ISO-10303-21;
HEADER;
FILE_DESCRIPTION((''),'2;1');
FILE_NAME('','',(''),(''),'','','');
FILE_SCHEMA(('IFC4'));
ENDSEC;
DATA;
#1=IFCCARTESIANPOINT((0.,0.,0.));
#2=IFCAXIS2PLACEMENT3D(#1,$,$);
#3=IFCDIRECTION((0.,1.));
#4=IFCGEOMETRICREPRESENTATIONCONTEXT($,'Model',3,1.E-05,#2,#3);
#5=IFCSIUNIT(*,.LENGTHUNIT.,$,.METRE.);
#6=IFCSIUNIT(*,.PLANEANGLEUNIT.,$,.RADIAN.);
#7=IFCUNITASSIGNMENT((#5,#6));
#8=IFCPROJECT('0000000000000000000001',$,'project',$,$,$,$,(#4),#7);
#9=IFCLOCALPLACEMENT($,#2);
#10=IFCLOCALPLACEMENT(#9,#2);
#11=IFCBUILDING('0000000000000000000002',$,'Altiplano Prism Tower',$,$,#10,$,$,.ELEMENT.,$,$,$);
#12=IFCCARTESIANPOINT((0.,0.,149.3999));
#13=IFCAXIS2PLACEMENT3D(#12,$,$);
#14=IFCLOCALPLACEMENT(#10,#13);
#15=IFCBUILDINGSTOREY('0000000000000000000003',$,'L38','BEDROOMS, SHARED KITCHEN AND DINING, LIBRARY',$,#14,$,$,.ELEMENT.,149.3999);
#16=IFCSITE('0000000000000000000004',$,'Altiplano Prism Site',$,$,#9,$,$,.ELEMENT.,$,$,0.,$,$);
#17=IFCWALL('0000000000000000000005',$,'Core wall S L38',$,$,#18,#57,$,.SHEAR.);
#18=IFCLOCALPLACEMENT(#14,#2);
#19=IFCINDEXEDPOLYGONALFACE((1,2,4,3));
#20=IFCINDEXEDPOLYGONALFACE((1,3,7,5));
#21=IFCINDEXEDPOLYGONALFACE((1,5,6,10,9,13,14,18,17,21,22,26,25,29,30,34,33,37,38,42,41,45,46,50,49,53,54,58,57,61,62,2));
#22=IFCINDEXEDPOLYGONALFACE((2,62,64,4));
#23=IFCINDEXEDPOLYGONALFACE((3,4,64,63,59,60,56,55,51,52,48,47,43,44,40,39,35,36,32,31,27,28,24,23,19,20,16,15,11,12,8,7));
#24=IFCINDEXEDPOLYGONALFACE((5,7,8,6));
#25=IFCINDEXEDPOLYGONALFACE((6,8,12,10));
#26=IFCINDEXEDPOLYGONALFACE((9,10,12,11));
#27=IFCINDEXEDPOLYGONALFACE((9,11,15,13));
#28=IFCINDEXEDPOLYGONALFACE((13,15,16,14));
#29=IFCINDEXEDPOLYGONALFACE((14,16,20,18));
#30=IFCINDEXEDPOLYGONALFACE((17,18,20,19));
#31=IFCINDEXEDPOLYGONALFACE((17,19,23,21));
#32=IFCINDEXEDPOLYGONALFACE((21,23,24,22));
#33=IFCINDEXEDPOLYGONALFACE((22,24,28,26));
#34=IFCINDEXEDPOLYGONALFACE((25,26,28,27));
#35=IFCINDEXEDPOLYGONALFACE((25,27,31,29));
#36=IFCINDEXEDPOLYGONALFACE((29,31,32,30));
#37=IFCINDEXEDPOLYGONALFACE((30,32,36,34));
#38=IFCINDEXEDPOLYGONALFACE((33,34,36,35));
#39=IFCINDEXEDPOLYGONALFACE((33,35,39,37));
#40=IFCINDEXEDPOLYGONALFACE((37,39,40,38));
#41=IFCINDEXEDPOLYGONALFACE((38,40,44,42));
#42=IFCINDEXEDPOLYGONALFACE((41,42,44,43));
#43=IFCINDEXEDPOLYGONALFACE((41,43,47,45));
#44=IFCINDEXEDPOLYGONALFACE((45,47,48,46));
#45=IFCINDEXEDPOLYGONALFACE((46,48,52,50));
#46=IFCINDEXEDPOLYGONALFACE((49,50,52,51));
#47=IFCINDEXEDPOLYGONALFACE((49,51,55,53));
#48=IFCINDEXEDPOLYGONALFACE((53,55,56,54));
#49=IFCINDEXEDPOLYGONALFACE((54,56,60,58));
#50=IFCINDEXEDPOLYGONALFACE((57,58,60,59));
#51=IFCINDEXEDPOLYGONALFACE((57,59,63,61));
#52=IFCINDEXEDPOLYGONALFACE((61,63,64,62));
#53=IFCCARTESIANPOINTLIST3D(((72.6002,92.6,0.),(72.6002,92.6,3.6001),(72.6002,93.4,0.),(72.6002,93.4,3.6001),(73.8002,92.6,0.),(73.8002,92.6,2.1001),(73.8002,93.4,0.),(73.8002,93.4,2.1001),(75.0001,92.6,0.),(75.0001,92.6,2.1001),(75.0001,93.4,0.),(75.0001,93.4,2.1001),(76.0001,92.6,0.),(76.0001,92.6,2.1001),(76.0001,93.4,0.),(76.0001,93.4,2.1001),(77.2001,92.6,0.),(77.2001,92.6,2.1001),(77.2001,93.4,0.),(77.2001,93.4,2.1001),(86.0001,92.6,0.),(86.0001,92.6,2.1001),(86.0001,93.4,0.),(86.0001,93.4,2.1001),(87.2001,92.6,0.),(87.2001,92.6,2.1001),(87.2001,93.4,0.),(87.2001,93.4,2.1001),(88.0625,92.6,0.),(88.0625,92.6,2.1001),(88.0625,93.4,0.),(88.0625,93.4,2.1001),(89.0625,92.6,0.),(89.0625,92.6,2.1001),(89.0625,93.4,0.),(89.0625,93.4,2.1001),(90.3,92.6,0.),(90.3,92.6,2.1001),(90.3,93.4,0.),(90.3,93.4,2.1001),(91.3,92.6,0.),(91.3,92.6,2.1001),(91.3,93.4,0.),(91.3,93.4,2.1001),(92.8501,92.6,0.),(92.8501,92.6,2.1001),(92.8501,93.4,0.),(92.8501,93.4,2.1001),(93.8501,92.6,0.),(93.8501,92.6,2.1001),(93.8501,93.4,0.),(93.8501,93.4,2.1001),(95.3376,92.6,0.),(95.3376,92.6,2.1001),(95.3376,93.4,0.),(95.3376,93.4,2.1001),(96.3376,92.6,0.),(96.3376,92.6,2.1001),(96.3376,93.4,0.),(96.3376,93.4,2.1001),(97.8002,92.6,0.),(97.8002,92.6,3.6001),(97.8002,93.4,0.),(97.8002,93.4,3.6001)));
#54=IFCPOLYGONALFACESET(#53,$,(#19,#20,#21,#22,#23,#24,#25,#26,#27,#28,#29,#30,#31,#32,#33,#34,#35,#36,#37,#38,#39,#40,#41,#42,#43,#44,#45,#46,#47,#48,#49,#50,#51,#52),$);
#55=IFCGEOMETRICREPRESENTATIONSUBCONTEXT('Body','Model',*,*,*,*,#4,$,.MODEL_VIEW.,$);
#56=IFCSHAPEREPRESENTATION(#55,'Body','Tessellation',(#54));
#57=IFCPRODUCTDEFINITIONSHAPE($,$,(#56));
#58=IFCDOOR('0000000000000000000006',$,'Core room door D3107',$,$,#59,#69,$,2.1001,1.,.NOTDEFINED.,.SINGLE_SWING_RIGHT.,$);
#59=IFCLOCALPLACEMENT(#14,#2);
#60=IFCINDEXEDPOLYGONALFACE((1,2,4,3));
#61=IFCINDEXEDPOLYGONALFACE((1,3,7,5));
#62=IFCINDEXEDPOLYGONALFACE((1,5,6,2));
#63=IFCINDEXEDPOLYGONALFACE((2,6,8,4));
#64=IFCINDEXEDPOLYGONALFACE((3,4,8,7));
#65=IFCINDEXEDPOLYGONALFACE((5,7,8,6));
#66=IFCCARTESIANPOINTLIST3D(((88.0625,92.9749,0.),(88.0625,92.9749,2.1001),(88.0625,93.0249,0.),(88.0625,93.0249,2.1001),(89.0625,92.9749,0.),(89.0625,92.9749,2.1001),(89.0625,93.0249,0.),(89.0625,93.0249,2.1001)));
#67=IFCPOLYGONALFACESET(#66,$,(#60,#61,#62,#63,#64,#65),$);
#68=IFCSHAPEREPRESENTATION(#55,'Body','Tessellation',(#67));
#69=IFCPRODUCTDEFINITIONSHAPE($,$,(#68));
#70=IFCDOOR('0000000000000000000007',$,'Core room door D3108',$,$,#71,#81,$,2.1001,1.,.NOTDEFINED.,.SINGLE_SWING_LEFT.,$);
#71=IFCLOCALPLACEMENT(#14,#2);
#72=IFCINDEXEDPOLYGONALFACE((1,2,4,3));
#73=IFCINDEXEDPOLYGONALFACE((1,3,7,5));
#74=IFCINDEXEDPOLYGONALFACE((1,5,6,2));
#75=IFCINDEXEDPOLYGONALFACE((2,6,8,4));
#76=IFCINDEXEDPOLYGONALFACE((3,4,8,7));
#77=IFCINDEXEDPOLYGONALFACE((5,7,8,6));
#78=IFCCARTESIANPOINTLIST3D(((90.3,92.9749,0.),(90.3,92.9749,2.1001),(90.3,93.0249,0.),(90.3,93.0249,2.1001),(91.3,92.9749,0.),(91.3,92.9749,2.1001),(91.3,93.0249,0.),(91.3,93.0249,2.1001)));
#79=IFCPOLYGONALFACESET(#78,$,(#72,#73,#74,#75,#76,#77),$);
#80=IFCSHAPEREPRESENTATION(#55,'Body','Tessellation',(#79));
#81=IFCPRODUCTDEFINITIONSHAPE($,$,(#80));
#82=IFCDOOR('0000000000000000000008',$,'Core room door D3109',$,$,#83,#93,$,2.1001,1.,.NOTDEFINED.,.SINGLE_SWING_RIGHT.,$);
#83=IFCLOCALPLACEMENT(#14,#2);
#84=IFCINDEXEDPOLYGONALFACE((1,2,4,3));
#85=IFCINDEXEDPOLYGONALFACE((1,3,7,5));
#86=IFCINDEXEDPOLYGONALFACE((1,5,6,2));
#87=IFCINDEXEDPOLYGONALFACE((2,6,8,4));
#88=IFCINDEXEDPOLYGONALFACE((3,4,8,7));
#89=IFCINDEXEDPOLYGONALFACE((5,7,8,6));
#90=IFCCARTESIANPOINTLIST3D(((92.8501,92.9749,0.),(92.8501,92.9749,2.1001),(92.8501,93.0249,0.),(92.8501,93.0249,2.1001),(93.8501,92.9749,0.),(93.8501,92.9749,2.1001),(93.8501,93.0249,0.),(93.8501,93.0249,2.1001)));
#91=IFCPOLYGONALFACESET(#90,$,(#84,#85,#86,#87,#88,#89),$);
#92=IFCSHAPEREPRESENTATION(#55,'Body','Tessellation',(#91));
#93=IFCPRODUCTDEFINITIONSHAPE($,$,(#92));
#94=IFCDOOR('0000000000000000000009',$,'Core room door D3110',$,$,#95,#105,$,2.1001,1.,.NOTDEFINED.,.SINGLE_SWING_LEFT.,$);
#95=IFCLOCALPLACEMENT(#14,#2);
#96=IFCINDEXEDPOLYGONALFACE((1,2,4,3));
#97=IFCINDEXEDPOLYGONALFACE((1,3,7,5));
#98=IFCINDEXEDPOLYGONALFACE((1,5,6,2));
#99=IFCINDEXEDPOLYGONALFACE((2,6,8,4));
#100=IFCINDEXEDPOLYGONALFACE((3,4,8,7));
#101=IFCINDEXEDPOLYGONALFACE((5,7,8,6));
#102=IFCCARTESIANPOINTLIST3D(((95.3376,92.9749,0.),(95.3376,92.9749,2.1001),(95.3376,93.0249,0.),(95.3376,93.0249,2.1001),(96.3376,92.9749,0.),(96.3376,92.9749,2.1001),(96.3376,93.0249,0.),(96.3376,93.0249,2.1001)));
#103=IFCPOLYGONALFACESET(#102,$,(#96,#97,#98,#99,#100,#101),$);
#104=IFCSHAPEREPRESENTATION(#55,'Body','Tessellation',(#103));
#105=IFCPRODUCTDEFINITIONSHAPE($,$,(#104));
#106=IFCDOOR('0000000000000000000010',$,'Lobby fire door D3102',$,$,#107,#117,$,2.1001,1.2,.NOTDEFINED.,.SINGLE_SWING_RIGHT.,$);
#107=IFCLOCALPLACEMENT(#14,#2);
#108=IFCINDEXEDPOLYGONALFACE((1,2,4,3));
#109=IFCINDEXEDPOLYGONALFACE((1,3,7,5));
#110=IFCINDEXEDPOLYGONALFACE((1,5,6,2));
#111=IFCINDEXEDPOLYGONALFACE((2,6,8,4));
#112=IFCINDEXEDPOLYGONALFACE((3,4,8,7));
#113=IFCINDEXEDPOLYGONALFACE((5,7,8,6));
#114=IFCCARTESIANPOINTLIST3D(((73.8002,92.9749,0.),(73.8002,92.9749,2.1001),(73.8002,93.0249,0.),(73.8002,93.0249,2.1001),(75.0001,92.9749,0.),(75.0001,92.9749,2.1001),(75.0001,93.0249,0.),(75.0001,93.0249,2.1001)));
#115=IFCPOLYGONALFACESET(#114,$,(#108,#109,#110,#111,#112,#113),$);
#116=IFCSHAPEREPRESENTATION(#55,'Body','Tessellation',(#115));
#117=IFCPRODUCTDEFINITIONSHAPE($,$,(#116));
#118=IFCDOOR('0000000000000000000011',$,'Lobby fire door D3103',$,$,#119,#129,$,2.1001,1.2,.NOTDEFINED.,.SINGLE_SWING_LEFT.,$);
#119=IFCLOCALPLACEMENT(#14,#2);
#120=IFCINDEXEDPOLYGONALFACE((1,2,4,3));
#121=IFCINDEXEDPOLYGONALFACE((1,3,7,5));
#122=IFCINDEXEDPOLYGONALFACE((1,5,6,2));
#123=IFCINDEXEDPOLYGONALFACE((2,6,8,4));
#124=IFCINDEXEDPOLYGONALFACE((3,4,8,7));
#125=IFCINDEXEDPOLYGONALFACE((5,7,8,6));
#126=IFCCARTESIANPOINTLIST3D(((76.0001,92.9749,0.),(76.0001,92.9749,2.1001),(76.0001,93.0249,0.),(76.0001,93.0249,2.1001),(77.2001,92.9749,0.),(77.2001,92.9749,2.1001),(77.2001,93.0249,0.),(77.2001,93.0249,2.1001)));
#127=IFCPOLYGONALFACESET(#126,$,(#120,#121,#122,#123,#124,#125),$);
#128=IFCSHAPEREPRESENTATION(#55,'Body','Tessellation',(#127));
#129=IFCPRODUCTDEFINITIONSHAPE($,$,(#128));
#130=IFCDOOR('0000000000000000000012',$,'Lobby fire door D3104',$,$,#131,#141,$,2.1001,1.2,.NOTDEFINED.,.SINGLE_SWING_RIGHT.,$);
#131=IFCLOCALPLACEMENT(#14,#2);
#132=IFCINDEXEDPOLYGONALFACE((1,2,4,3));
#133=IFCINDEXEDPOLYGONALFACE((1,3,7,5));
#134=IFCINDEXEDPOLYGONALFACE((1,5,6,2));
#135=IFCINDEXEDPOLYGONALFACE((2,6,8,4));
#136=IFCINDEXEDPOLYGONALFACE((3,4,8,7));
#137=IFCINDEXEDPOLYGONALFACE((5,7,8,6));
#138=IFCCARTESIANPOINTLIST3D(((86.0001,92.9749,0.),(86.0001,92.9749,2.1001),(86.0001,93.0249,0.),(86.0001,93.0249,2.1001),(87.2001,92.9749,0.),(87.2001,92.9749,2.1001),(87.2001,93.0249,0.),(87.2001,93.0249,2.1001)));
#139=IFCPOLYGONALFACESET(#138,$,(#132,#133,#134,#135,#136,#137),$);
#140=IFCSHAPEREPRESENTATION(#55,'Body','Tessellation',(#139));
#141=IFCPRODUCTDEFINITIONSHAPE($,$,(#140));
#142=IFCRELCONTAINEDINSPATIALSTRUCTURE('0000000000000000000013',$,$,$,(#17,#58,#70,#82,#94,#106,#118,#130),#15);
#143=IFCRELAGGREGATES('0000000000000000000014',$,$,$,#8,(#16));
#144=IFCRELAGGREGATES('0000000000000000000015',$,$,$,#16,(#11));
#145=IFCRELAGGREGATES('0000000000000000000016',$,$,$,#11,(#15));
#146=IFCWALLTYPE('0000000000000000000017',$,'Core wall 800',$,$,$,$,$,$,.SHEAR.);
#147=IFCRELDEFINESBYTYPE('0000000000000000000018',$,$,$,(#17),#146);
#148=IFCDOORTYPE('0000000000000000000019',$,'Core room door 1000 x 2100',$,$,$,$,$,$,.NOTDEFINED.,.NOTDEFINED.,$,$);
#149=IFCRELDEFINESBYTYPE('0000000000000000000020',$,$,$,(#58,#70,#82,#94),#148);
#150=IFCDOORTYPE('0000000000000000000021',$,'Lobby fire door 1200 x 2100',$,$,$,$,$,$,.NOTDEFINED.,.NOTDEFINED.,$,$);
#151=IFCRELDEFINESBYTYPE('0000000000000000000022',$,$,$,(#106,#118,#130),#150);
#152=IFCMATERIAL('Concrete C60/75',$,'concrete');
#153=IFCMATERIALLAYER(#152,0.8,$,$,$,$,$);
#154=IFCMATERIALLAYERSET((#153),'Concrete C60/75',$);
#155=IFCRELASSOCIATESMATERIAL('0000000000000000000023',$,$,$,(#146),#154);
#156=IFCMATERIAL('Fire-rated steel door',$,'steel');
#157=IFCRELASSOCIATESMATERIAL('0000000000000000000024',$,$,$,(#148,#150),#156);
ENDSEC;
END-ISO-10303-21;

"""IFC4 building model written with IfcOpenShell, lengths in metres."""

from ifc_helpers import new_model, si_unit, direction, frame, frame_2d, origin, place, context, subcontext, project, spatial, rectangle, extrude, material, layer, layer_set, type_object, element, fill, save


model = new_model("IFC4")

# Units and contexts
model_context = context("Model", 3, precision=1e-05, world=origin(), true_north=direction((0.0, 1.0)))
body_context = subcontext(model_context, "Body", "Model", "MODEL_VIEW")
ifc_project = project(units=[si_unit("LENGTHUNIT", "METRE"), si_unit("PLANEANGLEUNIT", "RADIAN")], contexts=[model_context])

# Site, building, storey
site_placement = place(None, origin())
site = spatial("IfcSite", under=ifc_project, at=site_placement, Name="Altiplano Prism Site", CompositionType="ELEMENT", RefElevation=0.0)
building_placement = place(site_placement, origin())
building = spatial("IfcBuilding", under=site, at=building_placement, Name="Altiplano Prism Tower", CompositionType="ELEMENT")
storey_placement = place(building_placement, frame((0.0, 0.0, 149.3999)))
storey = spatial("IfcBuildingStorey", under=building, at=storey_placement, Name="L38", Description="BEDROOMS, SHARED KITCHEN AND DINING, LIBRARY", CompositionType="ELEMENT", Elevation=149.3999)

# Shared definitions
ifc_material_1 = material(Name="Concrete C60/75", Category="concrete")

# Wall, openings, doors
ifc_layer_1 = layer(ifc_material_1, 0.8)
ifc_layer_set_1 = layer_set([ifc_layer_1], Name="Concrete C60/75")
wall_type_1 = type_object("IfcWallType", Name="Core wall 800", PredefinedType="SHEAR", material=ifc_layer_set_1)
wall_1_placement = place(storey_placement, frame((72.6001, 93.0, 0.0), z_axis=(0.0, 0.0, 1.0), x_axis=(1.0, 0.0, 0.0)))
wall_1 = element("IfcWall", 1, at=wall_1_placement, inside=storey, type_object=wall_type_1, Name="Core wall S L38", PredefinedType="SHEAR", context=body_context, shape_type="SweptSolid", body=[
    extrude(rectangle(XDim=25.2, YDim=0.8, at=frame_2d((12.6001, 0.0))), origin(), (0.0, 0.0, 1.0), 3.6001),
])
opening_1_placement = place(wall_1_placement, frame((1.2, 0.0, 0.0)))
opening_1 = element("IfcOpeningElement", 2, at=opening_1_placement, cuts=wall_1, PredefinedType="OPENING", context=body_context, shape_type="SweptSolid", body=[
    extrude(rectangle(XDim=1.2, YDim=2.1001, at=frame_2d((0.6001, 1.05))), frame((0.0, 0.4106, 0.0), z_axis=(0.0, -1.0, 0.0), x_axis=(1.0, 0.0, 0.0)), (0.0, 0.0, 1.0), 0.821),
])
opening_2_placement = place(wall_1_placement, frame((3.3999, 0.0, 0.0)))
opening_2 = element("IfcOpeningElement", 3, at=opening_2_placement, cuts=wall_1, PredefinedType="OPENING", context=body_context, shape_type="SweptSolid", body=[
    extrude(rectangle(XDim=1.2, YDim=2.1001, at=frame_2d((0.6001, 1.05))), frame((0.0, 0.4106, 0.0), z_axis=(0.0, -1.0, 0.0), x_axis=(1.0, 0.0, 0.0)), (0.0, 0.0, 1.0), 0.821),
])
opening_3_placement = place(wall_1_placement, frame((13.3999, 0.0, 0.0)))
opening_3 = element("IfcOpeningElement", 4, at=opening_3_placement, cuts=wall_1, PredefinedType="OPENING", context=body_context, shape_type="SweptSolid", body=[
    extrude(rectangle(XDim=1.2, YDim=2.1001, at=frame_2d((0.6001, 1.05))), frame((0.0, 0.4106, 0.0), z_axis=(0.0, -1.0, 0.0), x_axis=(1.0, 0.0, 0.0)), (0.0, 0.0, 1.0), 0.821),
])
opening_4_placement = place(wall_1_placement, frame((15.4624, 0.0, 0.0)))
opening_4 = element("IfcOpeningElement", 5, at=opening_4_placement, cuts=wall_1, PredefinedType="OPENING", context=body_context, shape_type="SweptSolid", body=[
    extrude(rectangle(XDim=1.0, YDim=2.1001, at=frame_2d((0.5, 1.05))), frame((0.0, 0.4106, 0.0), z_axis=(0.0, -1.0, 0.0), x_axis=(1.0, 0.0, 0.0)), (0.0, 0.0, 1.0), 0.821),
])
opening_5_placement = place(wall_1_placement, frame((17.7, 0.0, 0.0)))
opening_5 = element("IfcOpeningElement", 6, at=opening_5_placement, cuts=wall_1, PredefinedType="OPENING", context=body_context, shape_type="SweptSolid", body=[
    extrude(rectangle(XDim=1.0, YDim=2.1001, at=frame_2d((0.5, 1.05))), frame((0.0, 0.4106, 0.0), z_axis=(0.0, -1.0, 0.0), x_axis=(1.0, 0.0, 0.0)), (0.0, 0.0, 1.0), 0.821),
])
opening_6_placement = place(wall_1_placement, frame((20.25, 0.0, 0.0)))
opening_6 = element("IfcOpeningElement", 7, at=opening_6_placement, cuts=wall_1, PredefinedType="OPENING", context=body_context, shape_type="SweptSolid", body=[
    extrude(rectangle(XDim=1.0, YDim=2.1001, at=frame_2d((0.5, 1.05))), frame((0.0, 0.4106, 0.0), z_axis=(0.0, -1.0, 0.0), x_axis=(1.0, 0.0, 0.0)), (0.0, 0.0, 1.0), 0.821),
])
opening_7_placement = place(wall_1_placement, frame((22.7375, 0.0, 0.0)))
opening_7 = element("IfcOpeningElement", 8, at=opening_7_placement, cuts=wall_1, PredefinedType="OPENING", context=body_context, shape_type="SweptSolid", body=[
    extrude(rectangle(XDim=1.0, YDim=2.1001, at=frame_2d((0.5, 1.05))), frame((0.0, 0.4106, 0.0), z_axis=(0.0, -1.0, 0.0), x_axis=(1.0, 0.0, 0.0)), (0.0, 0.0, 1.0), 0.821),
])
ifc_material_2 = material(Name="Fire-rated steel door", Category="steel")
door_type_1 = type_object("IfcDoorType", Name="Core room door 1000 x 2100", OperationType="NOTDEFINED", PredefinedType="NOTDEFINED", material=ifc_material_2)
door_1_placement = place(opening_4_placement, origin())
door_1 = element("IfcDoor", 9, at=door_1_placement, inside=storey, type_object=door_type_1, Name="Core room door D3107", OperationType="SINGLE_SWING_RIGHT", OverallHeight=2.1001, OverallWidth=1.0, PredefinedType="NOTDEFINED", context=body_context, shape_type="SweptSolid", body=[
    extrude(rectangle(XDim=1.0, YDim=2.1001, at=frame_2d((0.5, 1.05))), frame((0.0, 0.0249, 0.0), z_axis=(0.0, -1.0, 0.0), x_axis=(1.0, 0.0, 0.0)), (0.0, 0.0, 1.0), 0.05),
])
fill(opening_4, door_1)
door_2_placement = place(opening_5_placement, origin())
door_2 = element("IfcDoor", 10, at=door_2_placement, inside=storey, type_object=door_type_1, Name="Core room door D3108", OperationType="SINGLE_SWING_LEFT", OverallHeight=2.1001, OverallWidth=1.0, PredefinedType="NOTDEFINED", context=body_context, shape_type="SweptSolid", body=[
    extrude(rectangle(XDim=1.0, YDim=2.1001, at=frame_2d((0.5, 1.05))), frame((0.0, 0.0249, 0.0), z_axis=(0.0, -1.0, 0.0), x_axis=(1.0, 0.0, 0.0)), (0.0, 0.0, 1.0), 0.05),
])
fill(opening_5, door_2)
door_3_placement = place(opening_6_placement, origin())
door_3 = element("IfcDoor", 11, at=door_3_placement, inside=storey, type_object=door_type_1, Name="Core room door D3109", OperationType="SINGLE_SWING_RIGHT", OverallHeight=2.1001, OverallWidth=1.0, PredefinedType="NOTDEFINED", context=body_context, shape_type="SweptSolid", body=[
    extrude(rectangle(XDim=1.0, YDim=2.1001, at=frame_2d((0.5, 1.05))), frame((0.0, 0.0249, 0.0), z_axis=(0.0, -1.0, 0.0), x_axis=(1.0, 0.0, 0.0)), (0.0, 0.0, 1.0), 0.05),
])
fill(opening_6, door_3)
door_4_placement = place(opening_7_placement, origin())
door_4 = element("IfcDoor", 12, at=door_4_placement, inside=storey, type_object=door_type_1, Name="Core room door D3110", OperationType="SINGLE_SWING_LEFT", OverallHeight=2.1001, OverallWidth=1.0, PredefinedType="NOTDEFINED", context=body_context, shape_type="SweptSolid", body=[
    extrude(rectangle(XDim=1.0, YDim=2.1001, at=frame_2d((0.5, 1.05))), frame((0.0, 0.0249, 0.0), z_axis=(0.0, -1.0, 0.0), x_axis=(1.0, 0.0, 0.0)), (0.0, 0.0, 1.0), 0.05),
])
fill(opening_7, door_4)
door_type_2 = type_object("IfcDoorType", Name="Lobby fire door 1200 x 2100", OperationType="NOTDEFINED", PredefinedType="NOTDEFINED", material=ifc_material_2)
door_5_placement = place(opening_1_placement, origin())
door_5 = element("IfcDoor", 13, at=door_5_placement, inside=storey, type_object=door_type_2, Name="Lobby fire door D3102", OperationType="SINGLE_SWING_RIGHT", OverallHeight=2.1001, OverallWidth=1.2, PredefinedType="NOTDEFINED", context=body_context, shape_type="SweptSolid", body=[
    extrude(rectangle(XDim=1.2, YDim=2.1001, at=frame_2d((0.6001, 1.05))), frame((0.0, 0.0249, 0.0), z_axis=(0.0, -1.0, 0.0), x_axis=(1.0, 0.0, 0.0)), (0.0, 0.0, 1.0), 0.05),
])
fill(opening_1, door_5)
door_6_placement = place(opening_2_placement, origin())
door_6 = element("IfcDoor", 14, at=door_6_placement, inside=storey, type_object=door_type_2, Name="Lobby fire door D3103", OperationType="SINGLE_SWING_LEFT", OverallHeight=2.1001, OverallWidth=1.2, PredefinedType="NOTDEFINED", context=body_context, shape_type="SweptSolid", body=[
    extrude(rectangle(XDim=1.2, YDim=2.1001, at=frame_2d((0.6001, 1.05))), frame((0.0, 0.0249, 0.0), z_axis=(0.0, -1.0, 0.0), x_axis=(1.0, 0.0, 0.0)), (0.0, 0.0, 1.0), 0.05),
])
fill(opening_2, door_6)
door_7_placement = place(opening_3_placement, origin())
door_7 = element("IfcDoor", 15, at=door_7_placement, inside=storey, type_object=door_type_2, Name="Lobby fire door D3104", OperationType="SINGLE_SWING_RIGHT", OverallHeight=2.1001, OverallWidth=1.2, PredefinedType="NOTDEFINED", context=body_context, shape_type="SweptSolid", body=[
    extrude(rectangle(XDim=1.2, YDim=2.1001, at=frame_2d((0.6001, 1.05))), frame((0.0, 0.0249, 0.0), z_axis=(0.0, -1.0, 0.0), x_axis=(1.0, 0.0, 0.0)), (0.0, 0.0, 1.0), 0.05),
])
fill(opening_3, door_7)

save(model, "model.ifc")
